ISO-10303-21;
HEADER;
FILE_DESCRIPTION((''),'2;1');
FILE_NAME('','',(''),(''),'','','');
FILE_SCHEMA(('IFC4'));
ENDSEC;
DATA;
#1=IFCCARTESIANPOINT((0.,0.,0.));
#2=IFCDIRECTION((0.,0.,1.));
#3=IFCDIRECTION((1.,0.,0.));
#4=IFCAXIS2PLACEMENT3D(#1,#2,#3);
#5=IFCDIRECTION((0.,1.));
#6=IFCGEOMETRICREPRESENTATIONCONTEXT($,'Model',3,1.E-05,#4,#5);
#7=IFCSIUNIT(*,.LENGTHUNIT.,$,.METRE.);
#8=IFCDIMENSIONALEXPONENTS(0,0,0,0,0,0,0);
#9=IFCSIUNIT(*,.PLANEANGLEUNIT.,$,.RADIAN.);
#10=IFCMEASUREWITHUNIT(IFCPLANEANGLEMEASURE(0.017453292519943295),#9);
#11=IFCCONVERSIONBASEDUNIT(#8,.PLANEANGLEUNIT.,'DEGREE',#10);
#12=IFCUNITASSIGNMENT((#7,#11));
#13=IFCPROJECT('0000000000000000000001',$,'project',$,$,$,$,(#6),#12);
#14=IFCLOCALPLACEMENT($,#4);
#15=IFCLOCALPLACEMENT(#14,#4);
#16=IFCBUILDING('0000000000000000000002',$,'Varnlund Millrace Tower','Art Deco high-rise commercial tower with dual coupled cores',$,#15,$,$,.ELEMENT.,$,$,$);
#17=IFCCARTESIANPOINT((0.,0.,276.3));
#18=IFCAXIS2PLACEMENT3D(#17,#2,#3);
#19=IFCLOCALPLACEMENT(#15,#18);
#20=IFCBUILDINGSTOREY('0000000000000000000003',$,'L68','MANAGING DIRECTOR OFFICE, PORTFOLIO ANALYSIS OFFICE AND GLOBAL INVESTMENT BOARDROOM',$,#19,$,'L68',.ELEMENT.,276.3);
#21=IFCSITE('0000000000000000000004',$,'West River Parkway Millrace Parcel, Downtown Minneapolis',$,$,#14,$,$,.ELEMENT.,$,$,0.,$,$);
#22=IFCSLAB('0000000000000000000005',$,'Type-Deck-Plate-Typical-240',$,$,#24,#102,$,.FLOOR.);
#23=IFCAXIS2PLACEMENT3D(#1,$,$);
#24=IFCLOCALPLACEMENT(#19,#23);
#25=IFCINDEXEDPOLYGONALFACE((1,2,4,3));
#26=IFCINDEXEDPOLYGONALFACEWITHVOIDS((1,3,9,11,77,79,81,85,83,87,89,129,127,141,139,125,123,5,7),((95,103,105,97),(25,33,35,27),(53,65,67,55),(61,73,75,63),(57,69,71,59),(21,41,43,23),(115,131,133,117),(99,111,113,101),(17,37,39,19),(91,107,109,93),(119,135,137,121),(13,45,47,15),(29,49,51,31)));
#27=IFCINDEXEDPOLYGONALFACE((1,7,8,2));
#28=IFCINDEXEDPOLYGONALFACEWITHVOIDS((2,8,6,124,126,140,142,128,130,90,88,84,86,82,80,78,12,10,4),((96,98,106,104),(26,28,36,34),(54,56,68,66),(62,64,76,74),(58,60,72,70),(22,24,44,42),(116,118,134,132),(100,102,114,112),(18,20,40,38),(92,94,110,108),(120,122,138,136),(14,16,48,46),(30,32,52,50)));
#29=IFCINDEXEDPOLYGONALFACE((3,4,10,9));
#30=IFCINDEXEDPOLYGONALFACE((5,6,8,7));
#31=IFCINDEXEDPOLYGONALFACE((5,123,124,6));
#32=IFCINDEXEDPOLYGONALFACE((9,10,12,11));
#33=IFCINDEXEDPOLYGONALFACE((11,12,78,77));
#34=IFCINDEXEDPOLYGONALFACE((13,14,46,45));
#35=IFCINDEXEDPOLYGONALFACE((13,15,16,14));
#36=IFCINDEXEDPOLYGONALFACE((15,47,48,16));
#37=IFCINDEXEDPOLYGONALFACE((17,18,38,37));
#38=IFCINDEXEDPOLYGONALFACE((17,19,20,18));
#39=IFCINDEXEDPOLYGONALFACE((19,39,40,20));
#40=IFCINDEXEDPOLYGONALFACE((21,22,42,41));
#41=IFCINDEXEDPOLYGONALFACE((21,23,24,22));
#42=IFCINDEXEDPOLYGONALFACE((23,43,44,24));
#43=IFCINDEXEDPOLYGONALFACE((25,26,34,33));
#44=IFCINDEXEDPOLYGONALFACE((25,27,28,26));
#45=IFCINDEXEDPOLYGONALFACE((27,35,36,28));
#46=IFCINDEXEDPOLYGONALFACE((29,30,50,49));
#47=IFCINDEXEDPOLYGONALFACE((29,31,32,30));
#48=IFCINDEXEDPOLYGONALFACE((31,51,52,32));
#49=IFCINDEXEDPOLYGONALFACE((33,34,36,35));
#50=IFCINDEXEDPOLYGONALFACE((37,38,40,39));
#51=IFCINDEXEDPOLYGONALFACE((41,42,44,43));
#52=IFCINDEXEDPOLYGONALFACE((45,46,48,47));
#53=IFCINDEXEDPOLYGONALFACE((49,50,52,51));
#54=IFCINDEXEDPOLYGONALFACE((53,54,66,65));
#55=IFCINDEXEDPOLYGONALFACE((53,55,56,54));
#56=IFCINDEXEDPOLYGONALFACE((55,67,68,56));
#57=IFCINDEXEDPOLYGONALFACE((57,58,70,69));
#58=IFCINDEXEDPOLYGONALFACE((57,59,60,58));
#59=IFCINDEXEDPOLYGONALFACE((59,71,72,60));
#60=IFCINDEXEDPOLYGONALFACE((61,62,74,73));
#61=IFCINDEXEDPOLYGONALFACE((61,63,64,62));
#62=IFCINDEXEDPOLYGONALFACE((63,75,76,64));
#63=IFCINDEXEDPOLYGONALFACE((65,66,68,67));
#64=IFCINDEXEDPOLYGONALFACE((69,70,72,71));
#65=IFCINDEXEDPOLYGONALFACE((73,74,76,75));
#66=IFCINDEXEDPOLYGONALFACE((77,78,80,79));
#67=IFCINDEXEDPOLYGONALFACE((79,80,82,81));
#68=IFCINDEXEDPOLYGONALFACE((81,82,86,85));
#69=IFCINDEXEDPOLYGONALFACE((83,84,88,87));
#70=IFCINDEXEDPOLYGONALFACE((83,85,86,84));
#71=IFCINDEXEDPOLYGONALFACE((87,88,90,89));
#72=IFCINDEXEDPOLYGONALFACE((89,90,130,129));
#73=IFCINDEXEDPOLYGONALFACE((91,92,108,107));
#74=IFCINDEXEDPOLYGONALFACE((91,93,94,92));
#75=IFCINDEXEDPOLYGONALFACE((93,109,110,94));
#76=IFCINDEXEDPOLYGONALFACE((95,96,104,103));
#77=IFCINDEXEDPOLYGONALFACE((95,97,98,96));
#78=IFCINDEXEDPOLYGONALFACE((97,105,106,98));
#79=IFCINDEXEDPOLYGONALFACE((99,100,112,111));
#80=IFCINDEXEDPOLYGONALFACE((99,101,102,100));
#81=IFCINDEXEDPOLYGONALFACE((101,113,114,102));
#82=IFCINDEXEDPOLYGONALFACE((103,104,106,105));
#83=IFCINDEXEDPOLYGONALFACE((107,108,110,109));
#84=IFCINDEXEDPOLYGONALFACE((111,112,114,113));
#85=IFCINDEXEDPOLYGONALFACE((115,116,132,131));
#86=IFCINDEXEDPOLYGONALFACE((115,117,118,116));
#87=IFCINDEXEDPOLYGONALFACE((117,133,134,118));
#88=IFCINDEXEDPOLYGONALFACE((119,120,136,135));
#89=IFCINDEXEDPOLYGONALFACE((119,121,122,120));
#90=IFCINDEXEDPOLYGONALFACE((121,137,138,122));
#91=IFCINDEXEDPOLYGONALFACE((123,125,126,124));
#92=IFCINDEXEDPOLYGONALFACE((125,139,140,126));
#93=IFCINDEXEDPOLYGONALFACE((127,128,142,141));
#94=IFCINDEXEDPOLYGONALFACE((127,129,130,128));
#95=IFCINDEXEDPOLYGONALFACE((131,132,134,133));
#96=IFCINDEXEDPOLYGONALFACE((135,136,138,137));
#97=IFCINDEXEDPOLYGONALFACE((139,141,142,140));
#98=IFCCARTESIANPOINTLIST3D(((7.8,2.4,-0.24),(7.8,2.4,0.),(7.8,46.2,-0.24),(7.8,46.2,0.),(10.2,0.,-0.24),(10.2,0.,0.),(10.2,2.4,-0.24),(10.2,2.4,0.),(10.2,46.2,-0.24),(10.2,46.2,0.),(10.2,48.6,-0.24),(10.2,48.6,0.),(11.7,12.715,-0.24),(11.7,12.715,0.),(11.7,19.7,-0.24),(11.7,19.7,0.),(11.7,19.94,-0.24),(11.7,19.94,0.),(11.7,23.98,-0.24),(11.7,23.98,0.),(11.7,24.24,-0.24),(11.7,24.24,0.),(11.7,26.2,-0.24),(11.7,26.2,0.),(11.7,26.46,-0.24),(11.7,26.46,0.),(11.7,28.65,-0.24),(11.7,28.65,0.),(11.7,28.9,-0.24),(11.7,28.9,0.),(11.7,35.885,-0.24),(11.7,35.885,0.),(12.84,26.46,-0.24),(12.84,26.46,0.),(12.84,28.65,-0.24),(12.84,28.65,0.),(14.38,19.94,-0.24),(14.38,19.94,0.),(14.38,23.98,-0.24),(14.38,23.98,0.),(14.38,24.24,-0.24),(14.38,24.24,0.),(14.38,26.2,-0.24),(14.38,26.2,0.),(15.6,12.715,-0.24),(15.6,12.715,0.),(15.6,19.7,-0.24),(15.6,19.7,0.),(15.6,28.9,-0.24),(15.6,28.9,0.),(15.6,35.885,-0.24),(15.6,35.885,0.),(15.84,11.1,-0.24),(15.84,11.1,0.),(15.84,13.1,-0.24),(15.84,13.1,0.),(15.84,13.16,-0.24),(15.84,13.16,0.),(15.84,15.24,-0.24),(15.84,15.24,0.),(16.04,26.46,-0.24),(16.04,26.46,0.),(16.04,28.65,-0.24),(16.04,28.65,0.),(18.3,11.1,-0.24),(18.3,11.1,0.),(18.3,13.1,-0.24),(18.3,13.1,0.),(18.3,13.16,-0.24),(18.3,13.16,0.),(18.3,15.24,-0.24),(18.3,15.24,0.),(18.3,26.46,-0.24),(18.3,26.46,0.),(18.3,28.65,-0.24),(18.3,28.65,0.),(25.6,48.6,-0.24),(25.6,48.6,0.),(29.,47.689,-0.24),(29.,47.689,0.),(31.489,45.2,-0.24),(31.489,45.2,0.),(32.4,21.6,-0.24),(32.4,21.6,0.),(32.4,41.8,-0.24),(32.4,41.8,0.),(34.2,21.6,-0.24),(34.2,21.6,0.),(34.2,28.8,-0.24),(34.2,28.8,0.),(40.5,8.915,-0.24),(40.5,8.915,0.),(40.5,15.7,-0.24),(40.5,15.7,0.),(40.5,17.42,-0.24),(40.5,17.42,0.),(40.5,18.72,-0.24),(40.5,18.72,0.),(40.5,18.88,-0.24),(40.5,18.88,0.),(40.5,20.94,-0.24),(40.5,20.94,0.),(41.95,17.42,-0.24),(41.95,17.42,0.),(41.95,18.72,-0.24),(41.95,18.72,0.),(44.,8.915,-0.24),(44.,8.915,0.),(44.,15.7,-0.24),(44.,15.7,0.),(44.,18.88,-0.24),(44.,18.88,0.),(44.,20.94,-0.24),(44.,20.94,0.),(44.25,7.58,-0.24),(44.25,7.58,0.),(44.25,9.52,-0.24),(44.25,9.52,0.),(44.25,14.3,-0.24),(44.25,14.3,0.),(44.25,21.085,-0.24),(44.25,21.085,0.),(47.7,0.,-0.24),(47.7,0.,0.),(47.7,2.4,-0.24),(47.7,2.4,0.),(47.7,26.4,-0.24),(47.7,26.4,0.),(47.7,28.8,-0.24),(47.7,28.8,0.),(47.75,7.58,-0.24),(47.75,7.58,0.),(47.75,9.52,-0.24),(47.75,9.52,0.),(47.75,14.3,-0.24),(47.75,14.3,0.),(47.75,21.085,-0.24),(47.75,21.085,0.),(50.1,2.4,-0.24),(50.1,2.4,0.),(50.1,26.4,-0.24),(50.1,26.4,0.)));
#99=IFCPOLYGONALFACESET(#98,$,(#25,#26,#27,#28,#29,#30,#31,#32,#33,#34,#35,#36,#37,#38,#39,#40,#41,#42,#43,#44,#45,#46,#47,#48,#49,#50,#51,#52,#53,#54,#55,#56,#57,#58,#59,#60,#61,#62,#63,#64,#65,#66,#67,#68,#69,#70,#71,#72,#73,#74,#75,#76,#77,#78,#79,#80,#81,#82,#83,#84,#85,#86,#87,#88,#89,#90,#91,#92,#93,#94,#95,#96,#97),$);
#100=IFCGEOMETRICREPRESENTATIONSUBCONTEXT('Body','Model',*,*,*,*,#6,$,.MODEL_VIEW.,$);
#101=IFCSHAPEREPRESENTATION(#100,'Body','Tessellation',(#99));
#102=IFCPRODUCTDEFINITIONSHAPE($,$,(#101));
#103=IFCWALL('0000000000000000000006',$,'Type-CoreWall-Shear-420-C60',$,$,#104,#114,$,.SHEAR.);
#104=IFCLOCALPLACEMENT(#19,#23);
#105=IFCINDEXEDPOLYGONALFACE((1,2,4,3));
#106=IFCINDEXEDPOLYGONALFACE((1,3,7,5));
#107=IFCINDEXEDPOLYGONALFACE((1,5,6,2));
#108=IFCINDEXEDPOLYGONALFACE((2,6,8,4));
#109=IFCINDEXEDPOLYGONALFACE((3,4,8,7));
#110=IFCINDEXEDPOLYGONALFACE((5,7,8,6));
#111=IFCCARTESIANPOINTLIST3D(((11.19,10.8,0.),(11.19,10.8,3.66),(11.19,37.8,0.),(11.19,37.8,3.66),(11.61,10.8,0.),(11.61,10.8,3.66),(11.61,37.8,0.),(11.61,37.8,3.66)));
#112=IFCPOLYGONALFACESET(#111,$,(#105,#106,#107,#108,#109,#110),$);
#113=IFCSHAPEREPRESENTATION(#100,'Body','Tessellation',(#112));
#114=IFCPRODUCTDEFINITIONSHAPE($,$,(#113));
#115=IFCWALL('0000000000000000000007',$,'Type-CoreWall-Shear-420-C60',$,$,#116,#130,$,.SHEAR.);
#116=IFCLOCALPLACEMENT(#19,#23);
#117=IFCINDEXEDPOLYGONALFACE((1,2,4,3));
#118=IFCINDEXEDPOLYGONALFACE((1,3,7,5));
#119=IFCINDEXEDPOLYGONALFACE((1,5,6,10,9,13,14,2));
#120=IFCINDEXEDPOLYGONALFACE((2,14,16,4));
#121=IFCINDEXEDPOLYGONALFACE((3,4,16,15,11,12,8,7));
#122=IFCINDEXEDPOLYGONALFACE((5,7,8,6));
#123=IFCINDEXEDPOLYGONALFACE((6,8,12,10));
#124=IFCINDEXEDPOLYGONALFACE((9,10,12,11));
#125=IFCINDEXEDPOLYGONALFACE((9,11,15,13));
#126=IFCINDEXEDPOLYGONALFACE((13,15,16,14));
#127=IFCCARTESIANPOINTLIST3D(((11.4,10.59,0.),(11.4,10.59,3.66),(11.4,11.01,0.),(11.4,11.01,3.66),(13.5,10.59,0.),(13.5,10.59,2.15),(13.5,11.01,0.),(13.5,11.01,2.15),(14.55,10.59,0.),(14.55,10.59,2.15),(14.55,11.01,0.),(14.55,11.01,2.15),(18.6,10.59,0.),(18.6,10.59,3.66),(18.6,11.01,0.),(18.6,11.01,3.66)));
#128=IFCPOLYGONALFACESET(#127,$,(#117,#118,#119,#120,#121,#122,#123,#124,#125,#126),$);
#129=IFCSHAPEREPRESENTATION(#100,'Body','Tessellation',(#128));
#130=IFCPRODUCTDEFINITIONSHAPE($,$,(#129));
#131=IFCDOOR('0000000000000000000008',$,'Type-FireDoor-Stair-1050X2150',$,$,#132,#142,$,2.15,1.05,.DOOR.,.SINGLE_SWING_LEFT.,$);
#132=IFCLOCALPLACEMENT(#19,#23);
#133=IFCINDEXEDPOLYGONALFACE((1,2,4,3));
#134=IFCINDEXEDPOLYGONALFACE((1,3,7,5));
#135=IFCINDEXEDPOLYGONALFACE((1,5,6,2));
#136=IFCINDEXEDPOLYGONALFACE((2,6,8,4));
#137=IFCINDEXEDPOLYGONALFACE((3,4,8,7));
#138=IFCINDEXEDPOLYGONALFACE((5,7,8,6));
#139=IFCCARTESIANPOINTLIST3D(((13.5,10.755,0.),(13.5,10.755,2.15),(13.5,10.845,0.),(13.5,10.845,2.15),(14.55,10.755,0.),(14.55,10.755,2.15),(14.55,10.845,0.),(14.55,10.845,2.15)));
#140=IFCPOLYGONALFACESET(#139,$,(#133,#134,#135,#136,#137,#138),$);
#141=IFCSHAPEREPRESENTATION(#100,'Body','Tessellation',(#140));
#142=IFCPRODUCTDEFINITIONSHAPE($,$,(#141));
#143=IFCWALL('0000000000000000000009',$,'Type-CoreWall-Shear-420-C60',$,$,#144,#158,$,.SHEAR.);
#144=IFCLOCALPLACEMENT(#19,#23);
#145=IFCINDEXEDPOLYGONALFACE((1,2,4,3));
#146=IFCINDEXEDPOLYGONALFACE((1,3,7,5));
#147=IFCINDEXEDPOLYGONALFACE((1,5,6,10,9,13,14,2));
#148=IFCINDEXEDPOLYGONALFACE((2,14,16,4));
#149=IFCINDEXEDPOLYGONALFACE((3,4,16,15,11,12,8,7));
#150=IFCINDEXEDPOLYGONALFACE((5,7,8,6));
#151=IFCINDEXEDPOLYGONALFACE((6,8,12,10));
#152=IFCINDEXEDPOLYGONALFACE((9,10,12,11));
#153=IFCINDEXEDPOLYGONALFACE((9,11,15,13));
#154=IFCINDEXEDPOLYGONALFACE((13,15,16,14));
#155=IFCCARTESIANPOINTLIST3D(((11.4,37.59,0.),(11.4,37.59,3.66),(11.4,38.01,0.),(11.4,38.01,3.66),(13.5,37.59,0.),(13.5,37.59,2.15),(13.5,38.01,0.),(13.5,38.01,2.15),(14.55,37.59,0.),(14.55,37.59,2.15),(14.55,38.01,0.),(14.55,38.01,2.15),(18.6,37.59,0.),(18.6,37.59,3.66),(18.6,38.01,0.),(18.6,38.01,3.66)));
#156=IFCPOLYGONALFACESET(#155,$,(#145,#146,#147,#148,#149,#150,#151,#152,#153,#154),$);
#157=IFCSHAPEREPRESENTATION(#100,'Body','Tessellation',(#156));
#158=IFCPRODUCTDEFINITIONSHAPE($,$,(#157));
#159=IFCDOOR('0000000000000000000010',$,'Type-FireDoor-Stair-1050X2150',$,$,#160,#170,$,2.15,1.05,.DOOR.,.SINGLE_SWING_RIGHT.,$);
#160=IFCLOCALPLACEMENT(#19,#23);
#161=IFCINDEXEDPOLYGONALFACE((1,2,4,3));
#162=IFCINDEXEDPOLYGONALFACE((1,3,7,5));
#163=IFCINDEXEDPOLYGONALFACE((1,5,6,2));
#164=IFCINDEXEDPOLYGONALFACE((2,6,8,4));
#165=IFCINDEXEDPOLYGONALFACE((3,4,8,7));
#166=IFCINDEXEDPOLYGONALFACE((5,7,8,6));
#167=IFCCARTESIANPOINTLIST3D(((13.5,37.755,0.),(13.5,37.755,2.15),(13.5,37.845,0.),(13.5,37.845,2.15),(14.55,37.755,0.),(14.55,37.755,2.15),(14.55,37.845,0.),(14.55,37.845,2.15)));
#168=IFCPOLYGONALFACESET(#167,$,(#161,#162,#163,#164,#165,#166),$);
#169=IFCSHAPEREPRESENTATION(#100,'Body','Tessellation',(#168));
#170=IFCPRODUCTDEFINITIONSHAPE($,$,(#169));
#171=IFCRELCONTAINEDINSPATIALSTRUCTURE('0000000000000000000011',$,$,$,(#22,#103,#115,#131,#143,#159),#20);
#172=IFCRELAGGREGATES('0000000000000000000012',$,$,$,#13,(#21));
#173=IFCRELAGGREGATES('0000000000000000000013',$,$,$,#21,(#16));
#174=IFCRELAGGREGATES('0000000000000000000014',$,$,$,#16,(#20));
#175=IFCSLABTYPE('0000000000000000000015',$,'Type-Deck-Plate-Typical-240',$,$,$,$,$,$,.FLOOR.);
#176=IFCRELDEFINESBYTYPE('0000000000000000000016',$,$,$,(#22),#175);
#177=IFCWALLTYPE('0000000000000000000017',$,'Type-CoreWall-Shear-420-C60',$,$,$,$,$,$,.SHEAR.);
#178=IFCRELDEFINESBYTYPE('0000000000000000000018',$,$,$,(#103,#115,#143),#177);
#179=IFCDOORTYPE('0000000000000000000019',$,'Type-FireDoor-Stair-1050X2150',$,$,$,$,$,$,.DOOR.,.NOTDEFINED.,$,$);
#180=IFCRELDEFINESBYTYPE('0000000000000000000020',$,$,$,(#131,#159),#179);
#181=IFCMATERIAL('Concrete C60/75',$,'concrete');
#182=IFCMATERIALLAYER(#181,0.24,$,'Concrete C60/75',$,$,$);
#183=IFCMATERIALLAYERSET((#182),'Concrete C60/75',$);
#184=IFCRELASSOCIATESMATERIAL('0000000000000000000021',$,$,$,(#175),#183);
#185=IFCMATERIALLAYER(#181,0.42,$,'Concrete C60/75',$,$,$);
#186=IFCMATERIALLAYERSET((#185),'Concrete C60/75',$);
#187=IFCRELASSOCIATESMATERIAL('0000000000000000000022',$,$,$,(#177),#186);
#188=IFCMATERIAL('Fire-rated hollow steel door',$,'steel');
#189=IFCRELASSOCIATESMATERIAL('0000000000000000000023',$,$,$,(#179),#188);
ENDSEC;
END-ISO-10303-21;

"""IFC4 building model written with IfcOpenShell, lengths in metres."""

from ifc_helpers import new_model, entity, si_unit, converted_unit, direction, frame, origin_with_axes, origin_2d_with_axis, place, context, subcontext, project, spatial, polyline, rectangle, outline, extrude, material, layer, layer_set, type_object, element, fill, save


model = new_model("IFC4")

# Units and contexts
model_context = context("Model", 3, precision=1e-05, world=origin_with_axes(), true_north=direction((0.0, 1.0)))
body_context = subcontext(model_context, "Body", "Model", "MODEL_VIEW")
ifc_project = project(units=[si_unit("LENGTHUNIT", "METRE"), converted_unit("PLANEANGLEUNIT", "DEGREE", entity("IfcPlaneAngleMeasure", 0.017453292519943295), si_unit("PLANEANGLEUNIT", "RADIAN"), dimensions=[0, 0, 0, 0, 0, 0, 0])], contexts=[model_context])

# Site, building, storey
site_placement = place(None, origin_with_axes())
site = spatial("IfcSite", under=ifc_project, at=site_placement, Name="West River Parkway Millrace Parcel, Downtown Minneapolis", CompositionType="ELEMENT", RefElevation=0.0)
building_placement = place(site_placement, origin_with_axes())
building = spatial("IfcBuilding", under=site, at=building_placement, Name="Varnlund Millrace Tower", Description="Art Deco high-rise commercial tower with dual coupled cores", CompositionType="ELEMENT")
storey_placement = place(building_placement, frame((0.0, 0.0, 276.3), z_axis=(0.0, 0.0, 1.0), x_axis=(1.0, 0.0, 0.0)))
storey = spatial("IfcBuildingStorey", under=building, at=storey_placement, Name="L68", Description="MANAGING DIRECTOR OFFICE, PORTFOLIO ANALYSIS OFFICE AND GLOBAL INVESTMENT BOARDROOM", LongName="L68", CompositionType="ELEMENT", Elevation=276.3)

# Slab
ifc_material_1 = material(Name="Concrete C60/75", Category="concrete")
ifc_layer_1 = layer(ifc_material_1, 0.24, Name="Concrete C60/75")
ifc_layer_set_1 = layer_set([ifc_layer_1], Name="Concrete C60/75")
slab_type = type_object("IfcSlabType", Name="Type-Deck-Plate-Typical-240", PredefinedType="FLOOR", material=ifc_layer_set_1)
slab_placement = place(storey_placement, frame((0.0, 0.0, -0.24), z_axis=(0.0, 0.0, 1.0), x_axis=(1.0, 0.0, 0.0)))
element("IfcSlab", 1, at=slab_placement, inside=storey, type_object=slab_type, Name="Type-Deck-Plate-Typical-240", PredefinedType="FLOOR", context=body_context, shape_type="SweptSolid", body=[
    extrude(outline(polyline([(32.4, 21.6), (32.4, 41.8), (31.489, 45.2), (29.0, 47.689), (25.6, 48.6), (10.2, 48.6), (10.2, 46.2), (7.8, 46.2), (7.8, 2.4), (10.2, 2.4), (10.2, 0.0), (47.7, 0.0), (47.7, 2.4), (50.1, 2.4), (50.1, 26.4), (47.7, 26.4), (47.7, 28.8), (34.2, 28.8), (34.2, 21.6), (32.4, 21.6)]), holes=[polyline([(18.3, 13.1), (18.3, 11.1), (15.84, 11.1), (15.84, 13.1), (18.3, 13.1)]), polyline([(15.6, 12.715), (11.7, 12.715), (11.7, 19.7), (15.6, 19.7), (15.6, 12.715)]), polyline([(11.7, 19.94), (11.7, 23.98), (14.38, 23.98), (14.38, 19.94), (11.7, 19.94)]), polyline([(14.38, 24.24), (11.7, 24.24), (11.7, 26.2), (14.38, 26.2), (14.38, 24.24)]), polyline([(12.84, 26.46), (11.7, 26.46), (11.7, 28.65), (12.84, 28.65), (12.84, 26.46)]), polyline([(15.6, 28.9), (11.7, 28.9), (11.7, 35.885), (15.6, 35.885), (15.6, 28.9)]), polyline([(47.75, 9.52), (47.75, 7.58), (44.25, 7.58), (44.25, 9.52), (47.75, 9.52)]), polyline([(44.0, 8.915), (40.5, 8.915), (40.5, 15.7), (44.0, 15.7), (44.0, 8.915)]), polyline([(18.3, 13.16), (15.84, 13.16), (15.84, 15.24), (18.3, 15.24), (18.3, 13.16)]), polyline([(47.75, 14.3), (44.25, 14.3), (44.25, 21.085), (47.75, 21.085), (47.75, 14.3)]), polyline([(41.95, 17.42), (40.5, 17.42), (40.5, 18.72), (41.95, 18.72), (41.95, 17.42)]), polyline([(44.0, 18.88), (40.5, 18.88), (40.5, 20.94), (44.0, 20.94), (44.0, 18.88)]), polyline([(18.3, 26.46), (16.04, 26.46), (16.04, 28.65), (18.3, 28.65), (18.3, 26.46)])]), origin_with_axes(), (0.0, 0.0, 1.0), 0.24),
])

# Wall
ifc_layer_2 = layer(ifc_material_1, 0.42, Name="Concrete C60/75")
ifc_layer_set_2 = layer_set([ifc_layer_2], Name="Concrete C60/75")
wall_type_1 = type_object("IfcWallType", Name="Type-CoreWall-Shear-420-C60", PredefinedType="SHEAR", material=ifc_layer_set_2)
wall_1_placement = place(storey_placement, frame((11.4, 10.8, 0.0), z_axis=(0.0, 0.0, 1.0), x_axis=(0.0, 1.0, 0.0)))
element("IfcWall", 2, at=wall_1_placement, inside=storey, type_object=wall_type_1, Name="Type-CoreWall-Shear-420-C60", PredefinedType="SHEAR", context=body_context, shape_type="SweptSolid", body=[
    extrude(outline(polyline([(0.0, -0.21), (27.0, -0.21), (27.0, 0.21), (0.0, 0.21), (0.0, -0.21)])), origin_with_axes(), (0.0, 0.0, 1.0), 3.66),
])

# Walls, openings, doors
wall_2_placement = place(storey_placement, frame((11.4, 10.8, 0.0), z_axis=(0.0, 0.0, 1.0), x_axis=(1.0, 0.0, 0.0)))
wall_2 = element("IfcWall", 3, at=wall_2_placement, inside=storey, type_object=wall_type_1, Name="Type-CoreWall-Shear-420-C60", PredefinedType="SHEAR", context=body_context, shape_type="SweptSolid", body=[
    extrude(outline(polyline([(0.0, -0.21), (7.2, -0.21), (7.2, 0.21), (0.0, 0.21), (0.0, -0.21)])), origin_with_axes(), (0.0, 0.0, 1.0), 3.66),
])
opening_1_placement = place(wall_2_placement, frame((2.625, 0.0, 0.0), z_axis=(0.0, 0.0, 1.0), x_axis=(1.0, 0.0, 0.0)))
opening_1 = element("IfcOpeningElement", 4, at=opening_1_placement, cuts=wall_2, PredefinedType="OPENING", context=body_context, shape_type="SweptSolid", body=[
    extrude(rectangle(XDim=1.05, YDim=0.44, at=origin_2d_with_axis()), origin_with_axes(), (0.0, 0.0, 1.0), 2.15),
])
ifc_material_2 = material(Name="Fire-rated hollow steel door", Category="steel")
door_type_1 = type_object("IfcDoorType", Name="Type-FireDoor-Stair-1050X2150", OperationType="NOTDEFINED", PredefinedType="DOOR", material=ifc_material_2)
door_1_placement = place(wall_2_placement, frame((2.625, 0.0, 0.0), z_axis=(0.0, 0.0, 1.0), x_axis=(1.0, 0.0, 0.0)))
door_1 = element("IfcDoor", 5, at=door_1_placement, inside=storey, type_object=door_type_1, Name="Type-FireDoor-Stair-1050X2150", OperationType="SINGLE_SWING_LEFT", OverallHeight=2.15, OverallWidth=1.05, PredefinedType="DOOR", context=body_context, shape_type="SweptSolid", body=[
    extrude(rectangle(XDim=1.05, YDim=0.09, at=origin_2d_with_axis()), origin_with_axes(), (0.0, 0.0, 1.0), 2.15),
])
fill(opening_1, door_1)
wall_3_placement = place(storey_placement, frame((11.4, 37.8, 0.0), z_axis=(0.0, 0.0, 1.0), x_axis=(1.0, 0.0, 0.0)))
wall_3 = element("IfcWall", 6, at=wall_3_placement, inside=storey, type_object=wall_type_1, Name="Type-CoreWall-Shear-420-C60", PredefinedType="SHEAR", context=body_context, shape_type="SweptSolid", body=[
    extrude(outline(polyline([(0.0, -0.21), (7.2, -0.21), (7.2, 0.21), (0.0, 0.21), (0.0, -0.21)])), origin_with_axes(), (0.0, 0.0, 1.0), 3.66),
])
opening_2_placement = place(wall_3_placement, frame((2.625, 0.0, 0.0), z_axis=(0.0, 0.0, 1.0), x_axis=(1.0, 0.0, 0.0)))
opening_2 = element("IfcOpeningElement", 7, at=opening_2_placement, cuts=wall_3, PredefinedType="OPENING", context=body_context, shape_type="SweptSolid", body=[
    extrude(rectangle(XDim=1.05, YDim=0.44, at=origin_2d_with_axis()), origin_with_axes(), (0.0, 0.0, 1.0), 2.15),
])
door_2_placement = place(wall_3_placement, frame((2.625, 0.0, 0.0), z_axis=(0.0, 0.0, 1.0), x_axis=(1.0, 0.0, 0.0)))
door_2 = element("IfcDoor", 8, at=door_2_placement, inside=storey, type_object=door_type_1, Name="Type-FireDoor-Stair-1050X2150", OperationType="SINGLE_SWING_RIGHT", OverallHeight=2.15, OverallWidth=1.05, PredefinedType="DOOR", context=body_context, shape_type="SweptSolid", body=[
    extrude(rectangle(XDim=1.05, YDim=0.09, at=origin_2d_with_axis()), origin_with_axes(), (0.0, 0.0, 1.0), 2.15),
])
fill(opening_2, door_2)

save(model, "model.ifc")
